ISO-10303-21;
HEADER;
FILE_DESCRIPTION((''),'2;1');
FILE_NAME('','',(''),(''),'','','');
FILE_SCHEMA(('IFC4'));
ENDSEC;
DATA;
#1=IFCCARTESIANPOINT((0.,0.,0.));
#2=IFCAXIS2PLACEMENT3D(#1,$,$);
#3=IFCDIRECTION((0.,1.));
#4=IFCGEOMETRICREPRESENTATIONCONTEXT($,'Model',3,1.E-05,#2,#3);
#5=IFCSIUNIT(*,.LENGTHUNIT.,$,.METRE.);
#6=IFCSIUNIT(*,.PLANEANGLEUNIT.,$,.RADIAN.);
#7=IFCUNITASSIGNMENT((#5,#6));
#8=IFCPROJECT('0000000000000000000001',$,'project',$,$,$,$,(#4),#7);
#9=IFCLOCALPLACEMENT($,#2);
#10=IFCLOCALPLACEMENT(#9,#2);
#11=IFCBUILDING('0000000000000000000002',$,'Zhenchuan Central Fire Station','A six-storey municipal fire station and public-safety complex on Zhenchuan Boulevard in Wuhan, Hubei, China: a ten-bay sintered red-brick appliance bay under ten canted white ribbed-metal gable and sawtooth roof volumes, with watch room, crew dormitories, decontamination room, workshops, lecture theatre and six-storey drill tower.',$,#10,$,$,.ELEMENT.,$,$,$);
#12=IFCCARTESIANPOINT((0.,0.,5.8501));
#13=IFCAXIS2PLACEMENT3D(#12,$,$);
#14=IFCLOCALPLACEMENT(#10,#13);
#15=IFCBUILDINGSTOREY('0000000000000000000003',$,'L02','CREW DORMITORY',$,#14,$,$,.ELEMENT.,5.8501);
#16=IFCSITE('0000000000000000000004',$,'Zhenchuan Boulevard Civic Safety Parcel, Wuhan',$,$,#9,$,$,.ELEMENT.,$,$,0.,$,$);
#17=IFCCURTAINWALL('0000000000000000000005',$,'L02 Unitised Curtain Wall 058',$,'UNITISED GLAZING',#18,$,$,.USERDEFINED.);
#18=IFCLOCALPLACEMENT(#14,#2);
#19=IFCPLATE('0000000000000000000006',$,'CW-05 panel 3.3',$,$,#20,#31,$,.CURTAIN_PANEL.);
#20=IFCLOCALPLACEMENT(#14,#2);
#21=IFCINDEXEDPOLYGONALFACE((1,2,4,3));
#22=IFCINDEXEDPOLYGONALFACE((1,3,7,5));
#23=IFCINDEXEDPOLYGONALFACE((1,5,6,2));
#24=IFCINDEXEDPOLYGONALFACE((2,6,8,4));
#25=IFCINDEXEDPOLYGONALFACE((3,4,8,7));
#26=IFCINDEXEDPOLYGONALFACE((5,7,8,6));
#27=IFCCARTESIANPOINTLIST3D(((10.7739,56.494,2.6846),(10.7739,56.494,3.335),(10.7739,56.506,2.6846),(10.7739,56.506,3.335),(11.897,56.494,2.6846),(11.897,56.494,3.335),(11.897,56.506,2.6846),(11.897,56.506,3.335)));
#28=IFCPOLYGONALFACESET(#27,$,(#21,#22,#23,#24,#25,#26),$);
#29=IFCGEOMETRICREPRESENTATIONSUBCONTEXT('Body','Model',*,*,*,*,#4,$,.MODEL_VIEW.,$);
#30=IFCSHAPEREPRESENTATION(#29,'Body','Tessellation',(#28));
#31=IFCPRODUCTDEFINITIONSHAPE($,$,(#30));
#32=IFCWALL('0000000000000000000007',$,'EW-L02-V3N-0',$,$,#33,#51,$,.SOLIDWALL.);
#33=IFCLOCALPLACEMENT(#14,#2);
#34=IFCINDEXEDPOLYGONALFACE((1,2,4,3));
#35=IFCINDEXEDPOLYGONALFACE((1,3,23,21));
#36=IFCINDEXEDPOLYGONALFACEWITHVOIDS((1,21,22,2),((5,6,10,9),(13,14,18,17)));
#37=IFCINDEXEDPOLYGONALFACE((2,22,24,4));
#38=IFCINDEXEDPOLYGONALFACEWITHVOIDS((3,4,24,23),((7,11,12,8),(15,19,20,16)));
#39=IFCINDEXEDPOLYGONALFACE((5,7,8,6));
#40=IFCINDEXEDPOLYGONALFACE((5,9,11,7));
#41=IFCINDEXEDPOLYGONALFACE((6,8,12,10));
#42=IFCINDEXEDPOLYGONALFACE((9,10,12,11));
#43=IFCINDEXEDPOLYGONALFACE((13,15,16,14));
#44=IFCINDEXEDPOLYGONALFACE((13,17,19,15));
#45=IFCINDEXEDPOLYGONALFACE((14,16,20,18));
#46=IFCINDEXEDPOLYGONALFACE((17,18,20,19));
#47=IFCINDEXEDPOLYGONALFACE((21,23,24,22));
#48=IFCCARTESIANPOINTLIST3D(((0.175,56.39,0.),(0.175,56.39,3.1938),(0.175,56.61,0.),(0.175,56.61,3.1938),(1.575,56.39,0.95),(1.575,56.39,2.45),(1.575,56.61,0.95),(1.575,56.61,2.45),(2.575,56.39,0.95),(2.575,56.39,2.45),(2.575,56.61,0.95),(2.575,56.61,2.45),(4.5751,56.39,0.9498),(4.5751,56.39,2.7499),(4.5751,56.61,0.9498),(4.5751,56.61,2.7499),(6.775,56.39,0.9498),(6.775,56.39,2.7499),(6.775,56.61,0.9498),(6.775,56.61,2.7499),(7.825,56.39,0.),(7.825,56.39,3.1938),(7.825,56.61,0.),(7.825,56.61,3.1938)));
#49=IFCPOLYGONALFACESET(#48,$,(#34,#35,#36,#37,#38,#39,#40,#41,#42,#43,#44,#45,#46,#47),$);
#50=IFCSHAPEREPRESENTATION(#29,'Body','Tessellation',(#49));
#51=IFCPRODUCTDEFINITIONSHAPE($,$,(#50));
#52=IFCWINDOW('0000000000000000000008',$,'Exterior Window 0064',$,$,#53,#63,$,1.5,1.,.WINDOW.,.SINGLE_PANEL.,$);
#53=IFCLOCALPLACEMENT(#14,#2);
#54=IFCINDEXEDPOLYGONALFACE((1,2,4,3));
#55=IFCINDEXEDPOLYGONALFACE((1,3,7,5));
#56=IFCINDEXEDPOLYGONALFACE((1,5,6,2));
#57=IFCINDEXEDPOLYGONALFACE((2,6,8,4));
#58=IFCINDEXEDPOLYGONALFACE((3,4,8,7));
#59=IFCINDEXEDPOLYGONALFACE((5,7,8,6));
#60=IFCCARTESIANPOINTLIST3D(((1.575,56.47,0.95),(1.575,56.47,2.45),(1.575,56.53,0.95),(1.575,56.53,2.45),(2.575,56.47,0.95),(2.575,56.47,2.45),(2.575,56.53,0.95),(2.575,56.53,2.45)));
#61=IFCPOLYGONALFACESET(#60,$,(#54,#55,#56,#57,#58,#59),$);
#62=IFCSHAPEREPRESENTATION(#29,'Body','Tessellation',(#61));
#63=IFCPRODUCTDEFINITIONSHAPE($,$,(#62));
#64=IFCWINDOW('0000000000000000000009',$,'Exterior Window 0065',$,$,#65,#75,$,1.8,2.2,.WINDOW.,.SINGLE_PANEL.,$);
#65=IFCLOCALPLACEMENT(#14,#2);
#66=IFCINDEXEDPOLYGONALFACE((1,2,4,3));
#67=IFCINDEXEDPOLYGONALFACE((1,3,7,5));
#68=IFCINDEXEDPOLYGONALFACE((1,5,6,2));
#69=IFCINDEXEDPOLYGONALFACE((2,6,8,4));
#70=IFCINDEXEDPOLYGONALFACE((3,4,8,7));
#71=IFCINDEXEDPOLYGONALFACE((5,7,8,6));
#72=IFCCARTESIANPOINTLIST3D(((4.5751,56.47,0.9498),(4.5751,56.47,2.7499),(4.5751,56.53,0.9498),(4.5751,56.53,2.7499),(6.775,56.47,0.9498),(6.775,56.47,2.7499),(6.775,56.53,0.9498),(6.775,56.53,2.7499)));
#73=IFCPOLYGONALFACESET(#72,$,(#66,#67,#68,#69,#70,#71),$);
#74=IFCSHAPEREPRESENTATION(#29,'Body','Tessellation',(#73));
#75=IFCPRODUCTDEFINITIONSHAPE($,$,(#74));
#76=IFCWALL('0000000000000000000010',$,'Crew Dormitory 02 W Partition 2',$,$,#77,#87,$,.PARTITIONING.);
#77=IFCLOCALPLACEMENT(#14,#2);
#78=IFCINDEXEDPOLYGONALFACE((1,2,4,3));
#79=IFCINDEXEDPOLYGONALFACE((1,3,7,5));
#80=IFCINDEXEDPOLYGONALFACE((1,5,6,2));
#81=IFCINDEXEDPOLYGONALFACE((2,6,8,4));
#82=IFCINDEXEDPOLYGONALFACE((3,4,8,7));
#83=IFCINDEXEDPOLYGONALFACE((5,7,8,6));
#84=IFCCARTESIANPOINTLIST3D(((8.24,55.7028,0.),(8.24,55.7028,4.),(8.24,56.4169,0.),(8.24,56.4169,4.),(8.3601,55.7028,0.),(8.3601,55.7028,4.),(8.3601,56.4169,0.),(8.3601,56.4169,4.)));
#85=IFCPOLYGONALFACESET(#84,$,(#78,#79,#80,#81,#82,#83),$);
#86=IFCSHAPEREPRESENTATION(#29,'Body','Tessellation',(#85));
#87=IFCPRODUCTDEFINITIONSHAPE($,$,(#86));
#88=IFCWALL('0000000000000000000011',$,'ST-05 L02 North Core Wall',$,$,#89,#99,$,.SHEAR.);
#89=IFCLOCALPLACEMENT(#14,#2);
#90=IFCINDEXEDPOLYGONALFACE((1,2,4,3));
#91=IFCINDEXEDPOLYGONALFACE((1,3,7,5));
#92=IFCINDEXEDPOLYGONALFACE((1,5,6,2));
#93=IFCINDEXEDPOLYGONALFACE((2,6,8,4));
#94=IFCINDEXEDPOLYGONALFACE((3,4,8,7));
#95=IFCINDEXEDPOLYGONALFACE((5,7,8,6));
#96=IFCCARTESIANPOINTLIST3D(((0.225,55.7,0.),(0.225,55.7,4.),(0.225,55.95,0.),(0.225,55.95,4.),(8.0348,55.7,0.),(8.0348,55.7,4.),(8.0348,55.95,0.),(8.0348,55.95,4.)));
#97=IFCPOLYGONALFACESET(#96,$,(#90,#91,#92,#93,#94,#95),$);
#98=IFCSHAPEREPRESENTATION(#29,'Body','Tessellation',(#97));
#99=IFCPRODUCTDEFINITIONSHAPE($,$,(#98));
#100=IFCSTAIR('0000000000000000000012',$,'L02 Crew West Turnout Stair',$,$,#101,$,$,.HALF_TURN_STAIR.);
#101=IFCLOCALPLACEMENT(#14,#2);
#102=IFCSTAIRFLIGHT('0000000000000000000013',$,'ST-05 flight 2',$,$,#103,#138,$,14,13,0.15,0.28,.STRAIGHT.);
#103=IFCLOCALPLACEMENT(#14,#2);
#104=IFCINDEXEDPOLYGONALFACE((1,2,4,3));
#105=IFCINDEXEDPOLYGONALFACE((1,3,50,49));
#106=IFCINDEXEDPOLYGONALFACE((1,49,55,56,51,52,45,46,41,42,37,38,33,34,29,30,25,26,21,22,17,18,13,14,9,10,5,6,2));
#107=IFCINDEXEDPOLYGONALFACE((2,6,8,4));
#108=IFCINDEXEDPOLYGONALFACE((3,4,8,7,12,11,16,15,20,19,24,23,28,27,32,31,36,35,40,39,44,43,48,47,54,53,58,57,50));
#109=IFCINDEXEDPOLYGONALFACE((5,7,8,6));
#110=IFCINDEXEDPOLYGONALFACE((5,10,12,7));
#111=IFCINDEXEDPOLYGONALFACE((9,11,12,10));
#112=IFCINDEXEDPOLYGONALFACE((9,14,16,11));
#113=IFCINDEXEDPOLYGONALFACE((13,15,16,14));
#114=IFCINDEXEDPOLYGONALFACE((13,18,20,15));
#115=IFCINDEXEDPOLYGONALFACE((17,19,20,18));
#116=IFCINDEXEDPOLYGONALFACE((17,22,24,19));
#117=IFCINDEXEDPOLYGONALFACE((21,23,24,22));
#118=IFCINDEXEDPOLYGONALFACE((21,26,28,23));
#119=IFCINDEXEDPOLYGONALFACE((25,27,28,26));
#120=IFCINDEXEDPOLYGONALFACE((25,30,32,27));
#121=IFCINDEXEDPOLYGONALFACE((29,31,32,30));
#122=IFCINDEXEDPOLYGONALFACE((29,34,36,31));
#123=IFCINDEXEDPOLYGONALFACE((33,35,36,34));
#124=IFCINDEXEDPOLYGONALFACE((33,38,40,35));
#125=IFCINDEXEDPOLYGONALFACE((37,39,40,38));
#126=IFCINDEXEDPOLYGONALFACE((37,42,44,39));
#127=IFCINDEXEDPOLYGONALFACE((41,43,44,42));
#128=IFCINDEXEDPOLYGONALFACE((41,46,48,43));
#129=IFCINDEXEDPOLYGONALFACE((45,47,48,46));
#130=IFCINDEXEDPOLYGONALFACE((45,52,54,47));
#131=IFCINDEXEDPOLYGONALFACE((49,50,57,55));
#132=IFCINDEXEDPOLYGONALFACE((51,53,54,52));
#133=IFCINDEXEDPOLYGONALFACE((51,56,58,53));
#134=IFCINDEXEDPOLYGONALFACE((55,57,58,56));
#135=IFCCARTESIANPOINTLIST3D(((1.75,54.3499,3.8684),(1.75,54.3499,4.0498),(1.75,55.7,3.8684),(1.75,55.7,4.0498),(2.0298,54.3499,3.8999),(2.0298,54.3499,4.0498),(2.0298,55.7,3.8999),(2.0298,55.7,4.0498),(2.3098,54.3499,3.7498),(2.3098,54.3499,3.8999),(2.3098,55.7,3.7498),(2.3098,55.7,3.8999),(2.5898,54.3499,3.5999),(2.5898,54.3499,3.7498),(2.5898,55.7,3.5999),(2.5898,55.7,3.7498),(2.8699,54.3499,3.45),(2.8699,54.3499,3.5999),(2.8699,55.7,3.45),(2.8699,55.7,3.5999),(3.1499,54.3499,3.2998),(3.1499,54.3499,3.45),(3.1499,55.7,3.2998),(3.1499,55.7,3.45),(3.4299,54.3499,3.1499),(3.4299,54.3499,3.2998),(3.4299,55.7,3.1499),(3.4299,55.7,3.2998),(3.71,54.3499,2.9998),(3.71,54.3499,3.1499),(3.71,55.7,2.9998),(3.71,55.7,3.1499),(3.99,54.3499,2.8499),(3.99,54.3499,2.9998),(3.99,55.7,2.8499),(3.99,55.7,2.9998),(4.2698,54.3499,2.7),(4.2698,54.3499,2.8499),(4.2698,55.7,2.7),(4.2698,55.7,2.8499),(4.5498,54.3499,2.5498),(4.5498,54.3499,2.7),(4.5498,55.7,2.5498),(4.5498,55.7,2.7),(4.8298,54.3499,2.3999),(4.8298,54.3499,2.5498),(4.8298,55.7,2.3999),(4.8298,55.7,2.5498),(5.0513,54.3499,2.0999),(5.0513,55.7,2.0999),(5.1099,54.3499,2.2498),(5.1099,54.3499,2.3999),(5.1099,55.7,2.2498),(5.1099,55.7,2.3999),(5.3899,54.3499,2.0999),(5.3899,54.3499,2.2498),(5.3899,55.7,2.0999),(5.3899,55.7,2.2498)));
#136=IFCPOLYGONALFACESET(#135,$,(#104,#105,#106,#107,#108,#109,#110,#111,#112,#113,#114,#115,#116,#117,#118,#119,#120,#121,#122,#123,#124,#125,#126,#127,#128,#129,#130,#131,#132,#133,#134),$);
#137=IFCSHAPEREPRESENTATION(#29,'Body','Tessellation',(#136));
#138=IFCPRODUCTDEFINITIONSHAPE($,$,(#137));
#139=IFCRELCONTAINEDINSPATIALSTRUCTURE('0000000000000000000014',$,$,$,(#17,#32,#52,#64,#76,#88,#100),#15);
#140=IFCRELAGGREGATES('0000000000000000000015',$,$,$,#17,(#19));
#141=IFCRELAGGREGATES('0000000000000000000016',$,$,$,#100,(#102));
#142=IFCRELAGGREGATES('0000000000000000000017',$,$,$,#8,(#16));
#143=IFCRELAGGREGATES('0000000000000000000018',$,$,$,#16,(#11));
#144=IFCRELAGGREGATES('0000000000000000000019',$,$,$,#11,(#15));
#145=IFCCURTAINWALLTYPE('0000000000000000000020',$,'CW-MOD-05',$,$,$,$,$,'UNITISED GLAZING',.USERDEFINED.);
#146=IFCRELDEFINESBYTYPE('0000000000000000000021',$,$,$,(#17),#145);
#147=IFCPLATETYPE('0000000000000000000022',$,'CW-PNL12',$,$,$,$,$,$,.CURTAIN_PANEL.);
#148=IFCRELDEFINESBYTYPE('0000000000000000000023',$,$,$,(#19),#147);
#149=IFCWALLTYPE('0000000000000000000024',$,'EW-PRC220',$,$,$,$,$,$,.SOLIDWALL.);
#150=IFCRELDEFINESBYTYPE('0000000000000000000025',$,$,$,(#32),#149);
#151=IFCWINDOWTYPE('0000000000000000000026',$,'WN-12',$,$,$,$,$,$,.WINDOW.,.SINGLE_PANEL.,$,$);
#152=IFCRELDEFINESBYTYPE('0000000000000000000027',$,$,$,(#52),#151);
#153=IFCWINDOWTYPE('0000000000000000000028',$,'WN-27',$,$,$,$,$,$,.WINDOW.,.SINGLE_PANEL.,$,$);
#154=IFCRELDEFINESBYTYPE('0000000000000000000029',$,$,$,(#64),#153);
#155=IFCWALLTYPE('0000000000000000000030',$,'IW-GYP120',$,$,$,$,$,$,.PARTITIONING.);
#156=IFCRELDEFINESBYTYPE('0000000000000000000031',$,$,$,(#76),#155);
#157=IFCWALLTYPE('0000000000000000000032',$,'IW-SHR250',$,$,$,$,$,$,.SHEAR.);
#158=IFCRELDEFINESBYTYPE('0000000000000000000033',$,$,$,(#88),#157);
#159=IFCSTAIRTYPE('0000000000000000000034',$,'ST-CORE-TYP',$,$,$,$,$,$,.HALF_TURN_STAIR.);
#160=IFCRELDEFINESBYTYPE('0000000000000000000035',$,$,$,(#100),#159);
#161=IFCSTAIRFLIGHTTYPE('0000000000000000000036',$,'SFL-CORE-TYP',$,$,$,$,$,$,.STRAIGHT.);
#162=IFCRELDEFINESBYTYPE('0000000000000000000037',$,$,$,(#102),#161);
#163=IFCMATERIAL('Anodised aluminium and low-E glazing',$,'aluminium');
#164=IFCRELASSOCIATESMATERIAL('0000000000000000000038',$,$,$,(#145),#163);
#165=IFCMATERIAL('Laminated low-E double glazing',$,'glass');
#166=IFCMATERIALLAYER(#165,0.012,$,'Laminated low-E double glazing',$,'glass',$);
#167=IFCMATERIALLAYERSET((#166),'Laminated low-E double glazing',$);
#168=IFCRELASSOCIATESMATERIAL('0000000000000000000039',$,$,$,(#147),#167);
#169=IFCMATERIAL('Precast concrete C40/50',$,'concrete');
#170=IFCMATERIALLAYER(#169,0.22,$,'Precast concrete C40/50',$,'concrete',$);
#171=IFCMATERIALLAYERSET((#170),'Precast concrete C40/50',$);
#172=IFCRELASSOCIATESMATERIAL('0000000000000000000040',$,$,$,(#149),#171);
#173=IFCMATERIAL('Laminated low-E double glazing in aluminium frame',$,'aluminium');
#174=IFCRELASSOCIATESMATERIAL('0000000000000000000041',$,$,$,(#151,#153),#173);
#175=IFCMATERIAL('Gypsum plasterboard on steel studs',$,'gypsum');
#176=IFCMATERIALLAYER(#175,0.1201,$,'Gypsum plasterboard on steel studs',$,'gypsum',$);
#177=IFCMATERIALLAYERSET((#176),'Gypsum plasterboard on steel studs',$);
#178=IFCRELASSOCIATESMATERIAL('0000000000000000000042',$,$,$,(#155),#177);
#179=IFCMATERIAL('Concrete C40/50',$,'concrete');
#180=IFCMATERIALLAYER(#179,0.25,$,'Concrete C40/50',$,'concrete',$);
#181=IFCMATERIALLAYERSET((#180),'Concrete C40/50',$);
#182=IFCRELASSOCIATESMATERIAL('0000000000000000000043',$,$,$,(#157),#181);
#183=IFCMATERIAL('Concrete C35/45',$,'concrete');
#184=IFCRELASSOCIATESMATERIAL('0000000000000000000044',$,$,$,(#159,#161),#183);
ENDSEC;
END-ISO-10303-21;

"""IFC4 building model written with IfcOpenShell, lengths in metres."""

from ifc_helpers import new_model, si_unit, direction, frame, frame_2d, origin, origin_2d, place, context, subcontext, project, spatial, polyline, rectangle, outline, extrude, material, layer, layer_set, type_object, element, fill, aggregate, save


model = new_model("IFC4")

# Units and contexts
model_context = context("Model", 3, precision=1e-05, world=origin(), true_north=direction((0.0, 1.0)))
body_context = subcontext(model_context, "Body", "Model", "MODEL_VIEW")
ifc_project = project(units=[si_unit("LENGTHUNIT", "METRE"), si_unit("PLANEANGLEUNIT", "RADIAN")], contexts=[model_context])

# Site, building, storey
site_placement = place(None, origin())
site = spatial("IfcSite", under=ifc_project, at=site_placement, Name="Zhenchuan Boulevard Civic Safety Parcel, Wuhan", CompositionType="ELEMENT", RefElevation=0.0)
building_placement = place(site_placement, origin())
building = spatial("IfcBuilding", under=site, at=building_placement, Name="Zhenchuan Central Fire Station", Description="A six-storey municipal fire station and public-safety complex on Zhenchuan Boulevard in Wuhan, Hubei, China: a ten-bay sintered red-brick appliance bay under ten canted white ribbed-metal gable and sawtooth roof volumes, with watch room, crew dormitories, decontamination room, workshops, lecture theatre and six-storey drill tower.", CompositionType="ELEMENT")
storey_placement = place(building_placement, frame((0.0, 0.0, 5.8501)))
storey = spatial("IfcBuildingStorey", under=building, at=storey_placement, Name="L02", Description="CREW DORMITORY", CompositionType="ELEMENT", Elevation=5.8501)

# Curtain wall
ifc_material_1 = material(Name="Anodised aluminium and low-E glazing", Category="aluminium")
curtain_wall_type = type_object("IfcCurtainWallType", Name="CW-MOD-05", ElementType="UNITISED GLAZING", PredefinedType="USERDEFINED", material=ifc_material_1)
curtain_wall_placement = place(storey_placement, origin())
curtain_wall = element("IfcCurtainWall", 1, at=curtain_wall_placement, inside=storey, type_object=curtain_wall_type, Name="L02 Unitised Curtain Wall 058", ObjectType="UNITISED GLAZING", PredefinedType="USERDEFINED")

# Plate
ifc_material_2 = material(Name="Laminated low-E double glazing", Category="glass")
ifc_layer_1 = layer(ifc_material_2, 0.012, Name="Laminated low-E double glazing", Category="glass")
ifc_layer_set_1 = layer_set([ifc_layer_1], Name="Laminated low-E double glazing")
plate_type = type_object("IfcPlateType", Name="CW-PNL12", PredefinedType="CURTAIN_PANEL", material=ifc_layer_set_1)
plate_1_placement = place(storey_placement, frame((11.3354, 56.5, 2.6846), z_axis=(0.0, 0.0, 1.0), x_axis=(1.0, 0.0, 0.0)))
plate_1 = element("IfcPlate", 2, at=plate_1_placement, type_object=plate_type, Name="CW-05 panel 3.3", PredefinedType="CURTAIN_PANEL", context=body_context, shape_type="SweptSolid", body=[
    extrude(rectangle(XDim=1.123, YDim=0.012, at=origin_2d()), origin(), (0.0, 0.0, 1.0), 0.6504),
])
aggregate(curtain_wall, [plate_1])

# Wall, openings, windows
ifc_material_3 = material(Name="Precast concrete C40/50", Category="concrete")
ifc_layer_2 = layer(ifc_material_3, 0.22, Name="Precast concrete C40/50", Category="concrete")
ifc_layer_set_2 = layer_set([ifc_layer_2], Name="Precast concrete C40/50")
wall_type_1 = type_object("IfcWallType", Name="EW-PRC220", PredefinedType="SOLIDWALL", material=ifc_layer_set_2)
wall_1_placement = place(storey_placement, frame((0.175, 56.5, 0.0), z_axis=(0.0, 0.0, 1.0), x_axis=(1.0, 0.0, 0.0)))
wall_1 = element("IfcWall", 3, at=wall_1_placement, inside=storey, type_object=wall_type_1, Name="EW-L02-V3N-0", PredefinedType="SOLIDWALL", context=body_context, shape_type="SweptSolid", body=[
    extrude(rectangle(XDim=7.6499, YDim=0.22, at=frame_2d((3.825, 0.0))), origin(), (0.0, 0.0, 1.0), 3.1938),
])
opening_1_placement = place(wall_1_placement, frame((1.3999, 0.0, 0.95)))
opening_1 = element("IfcOpeningElement", 4, at=opening_1_placement, cuts=wall_1, PredefinedType="OPENING", context=body_context, shape_type="SweptSolid", body=[
    extrude(rectangle(XDim=1.0, YDim=1.5, at=frame_2d((0.5, 0.75))), frame((0.0, 0.1199, 0.0), z_axis=(0.0, -1.0, 0.0), x_axis=(1.0, 0.0, 0.0)), (0.0, 0.0, 1.0), 0.24),
])
opening_2_placement = place(wall_1_placement, frame((4.3999, 0.0, 0.95)))
opening_2 = element("IfcOpeningElement", 5, at=opening_2_placement, cuts=wall_1, PredefinedType="OPENING", context=body_context, shape_type="SweptSolid", body=[
    extrude(rectangle(XDim=2.2, YDim=1.8, at=frame_2d((1.1001, 0.8999))), frame((0.0, 0.1199, 0.0), z_axis=(0.0, -1.0, 0.0), x_axis=(1.0, 0.0, 0.0)), (0.0, 0.0, 1.0), 0.24),
])
ifc_material_4 = material(Name="Laminated low-E double glazing in aluminium frame", Category="aluminium")
window_type_1 = type_object("IfcWindowType", Name="WN-12", PartitioningType="SINGLE_PANEL", PredefinedType="WINDOW", material=ifc_material_4)
window_1_placement = place(opening_1_placement, origin())
window_1 = element("IfcWindow", 6, at=window_1_placement, inside=storey, type_object=window_type_1, Name="Exterior Window 0064", OverallHeight=1.5, OverallWidth=1.0, PartitioningType="SINGLE_PANEL", PredefinedType="WINDOW", context=body_context, shape_type="SweptSolid", body=[
    extrude(rectangle(XDim=1.0, YDim=1.5, at=frame_2d((0.5, 0.75))), frame((0.0, 0.03, 0.0), z_axis=(0.0, -1.0, 0.0), x_axis=(1.0, 0.0, 0.0)), (0.0, 0.0, 1.0), 0.0601),
])
fill(opening_1, window_1)
window_type_2 = type_object("IfcWindowType", Name="WN-27", PartitioningType="SINGLE_PANEL", PredefinedType="WINDOW", material=ifc_material_4)
window_2_placement = place(opening_2_placement, origin())
window_2 = element("IfcWindow", 7, at=window_2_placement, inside=storey, type_object=window_type_2, Name="Exterior Window 0065", OverallHeight=1.8, OverallWidth=2.2, PartitioningType="SINGLE_PANEL", PredefinedType="WINDOW", context=body_context, shape_type="SweptSolid", body=[
    extrude(rectangle(XDim=2.2, YDim=1.8, at=frame_2d((1.1001, 0.8999))), frame((0.0, 0.03, 0.0), z_axis=(0.0, -1.0, 0.0), x_axis=(1.0, 0.0, 0.0)), (0.0, 0.0, 1.0), 0.0601),
])
fill(opening_2, window_2)

# Walls
ifc_material_5 = material(Name="Gypsum plasterboard on steel studs", Category="gypsum")
ifc_layer_3 = layer(ifc_material_5, 0.1201, Name="Gypsum plasterboard on steel studs", Category="gypsum")
ifc_layer_set_3 = layer_set([ifc_layer_3], Name="Gypsum plasterboard on steel studs")
wall_type_2 = type_object("IfcWallType", Name="IW-GYP120", PredefinedType="PARTITIONING", material=ifc_layer_set_3)
wall_2_placement = place(storey_placement, frame((8.3, 55.7029, 0.0), z_axis=(0.0, 0.0, 1.0), x_axis=(0.0, 1.0, 0.0)))
element("IfcWall", 8, at=wall_2_placement, inside=storey, type_object=wall_type_2, Name="Crew Dormitory 02 W Partition 2", PredefinedType="PARTITIONING", context=body_context, shape_type="SweptSolid", body=[
    extrude(rectangle(XDim=0.7141, YDim=0.1201, at=frame_2d((0.3569, 0.0))), origin(), (0.0, 0.0, 1.0), 4.0),
])
ifc_material_6 = material(Name="Concrete C40/50", Category="concrete")
ifc_layer_4 = layer(ifc_material_6, 0.25, Name="Concrete C40/50", Category="concrete")
ifc_layer_set_4 = layer_set([ifc_layer_4], Name="Concrete C40/50")
wall_type_3 = type_object("IfcWallType", Name="IW-SHR250", PredefinedType="SHEAR", material=ifc_layer_set_4)
wall_3_placement = place(storey_placement, frame((0.2251, 55.825, 0.0), z_axis=(0.0, 0.0, 1.0), x_axis=(1.0, 0.0, 0.0)))
element("IfcWall", 9, at=wall_3_placement, inside=storey, type_object=wall_type_3, Name="ST-05 L02 North Core Wall", PredefinedType="SHEAR", context=body_context, shape_type="SweptSolid", body=[
    extrude(rectangle(XDim=7.8098, YDim=0.25, at=frame_2d((3.9048, 0.0))), origin(), (0.0, 0.0, 1.0), 4.0),
])

# Stair, stair flight
ifc_material_7 = material(Name="Concrete C35/45", Category="concrete")
stair_type = type_object("IfcStairType", Name="ST-CORE-TYP", PredefinedType="HALF_TURN_STAIR", material=ifc_material_7)
stair_placement = place(storey_placement, origin())
stair = element("IfcStair", 10, at=stair_placement, inside=storey, type_object=stair_type, Name="L02 Crew West Turnout Stair", PredefinedType="HALF_TURN_STAIR")
stair_flight_type = type_object("IfcStairFlightType", Name="SFL-CORE-TYP", PredefinedType="STRAIGHT", material=ifc_material_7)
stair_flight_placement = place(storey_placement, frame((5.3899, 55.0249, 2.0999), z_axis=(0.0, 0.0, 1.0), x_axis=(-1.0, 0.0, 0.0)))
stair_flight = element("IfcStairFlight", 11, at=stair_flight_placement, type_object=stair_flight_type, Name="ST-05 flight 2", NumberOfRisers=14, NumberOfTreads=13, PredefinedType="STRAIGHT", RiserHeight=0.15, TreadLength=0.28, context=body_context, shape_type="SweptSolid", body=[
    extrude(outline(polyline([(0.0, 0.0), (0.0, 0.1499), (0.28, 0.1499), (0.28, 0.3), (0.5601, 0.3), (0.5601, 0.45), (0.8401, 0.45), (0.8401, 0.6001), (1.1201, 0.6001), (1.1201, 0.75), (1.3999, 0.75), (1.3999, 0.8999), (1.6799, 0.8999), (1.6799, 1.05), (1.96, 1.05), (1.96, 1.2), (2.24, 1.2), (2.24, 1.3501), (2.52, 1.3501), (2.52, 1.5), (2.8, 1.5), (2.8, 1.6499), (3.0801, 1.6499), (3.0801, 1.8), (3.3601, 1.8), (3.3601, 1.95), (3.6399, 1.95), (3.6399, 2.1001), (3.6399, 1.7686), (0.3386, 0.0), (0.0, 0.0)])), frame((0.0, 0.675, 0.0), z_axis=(0.0, -1.0, 0.0), x_axis=(1.0, 0.0, 0.0)), (0.0, 0.0, 1.0), 1.3501),
])
aggregate(stair, [stair_flight])

save(model, "model.ifc")
